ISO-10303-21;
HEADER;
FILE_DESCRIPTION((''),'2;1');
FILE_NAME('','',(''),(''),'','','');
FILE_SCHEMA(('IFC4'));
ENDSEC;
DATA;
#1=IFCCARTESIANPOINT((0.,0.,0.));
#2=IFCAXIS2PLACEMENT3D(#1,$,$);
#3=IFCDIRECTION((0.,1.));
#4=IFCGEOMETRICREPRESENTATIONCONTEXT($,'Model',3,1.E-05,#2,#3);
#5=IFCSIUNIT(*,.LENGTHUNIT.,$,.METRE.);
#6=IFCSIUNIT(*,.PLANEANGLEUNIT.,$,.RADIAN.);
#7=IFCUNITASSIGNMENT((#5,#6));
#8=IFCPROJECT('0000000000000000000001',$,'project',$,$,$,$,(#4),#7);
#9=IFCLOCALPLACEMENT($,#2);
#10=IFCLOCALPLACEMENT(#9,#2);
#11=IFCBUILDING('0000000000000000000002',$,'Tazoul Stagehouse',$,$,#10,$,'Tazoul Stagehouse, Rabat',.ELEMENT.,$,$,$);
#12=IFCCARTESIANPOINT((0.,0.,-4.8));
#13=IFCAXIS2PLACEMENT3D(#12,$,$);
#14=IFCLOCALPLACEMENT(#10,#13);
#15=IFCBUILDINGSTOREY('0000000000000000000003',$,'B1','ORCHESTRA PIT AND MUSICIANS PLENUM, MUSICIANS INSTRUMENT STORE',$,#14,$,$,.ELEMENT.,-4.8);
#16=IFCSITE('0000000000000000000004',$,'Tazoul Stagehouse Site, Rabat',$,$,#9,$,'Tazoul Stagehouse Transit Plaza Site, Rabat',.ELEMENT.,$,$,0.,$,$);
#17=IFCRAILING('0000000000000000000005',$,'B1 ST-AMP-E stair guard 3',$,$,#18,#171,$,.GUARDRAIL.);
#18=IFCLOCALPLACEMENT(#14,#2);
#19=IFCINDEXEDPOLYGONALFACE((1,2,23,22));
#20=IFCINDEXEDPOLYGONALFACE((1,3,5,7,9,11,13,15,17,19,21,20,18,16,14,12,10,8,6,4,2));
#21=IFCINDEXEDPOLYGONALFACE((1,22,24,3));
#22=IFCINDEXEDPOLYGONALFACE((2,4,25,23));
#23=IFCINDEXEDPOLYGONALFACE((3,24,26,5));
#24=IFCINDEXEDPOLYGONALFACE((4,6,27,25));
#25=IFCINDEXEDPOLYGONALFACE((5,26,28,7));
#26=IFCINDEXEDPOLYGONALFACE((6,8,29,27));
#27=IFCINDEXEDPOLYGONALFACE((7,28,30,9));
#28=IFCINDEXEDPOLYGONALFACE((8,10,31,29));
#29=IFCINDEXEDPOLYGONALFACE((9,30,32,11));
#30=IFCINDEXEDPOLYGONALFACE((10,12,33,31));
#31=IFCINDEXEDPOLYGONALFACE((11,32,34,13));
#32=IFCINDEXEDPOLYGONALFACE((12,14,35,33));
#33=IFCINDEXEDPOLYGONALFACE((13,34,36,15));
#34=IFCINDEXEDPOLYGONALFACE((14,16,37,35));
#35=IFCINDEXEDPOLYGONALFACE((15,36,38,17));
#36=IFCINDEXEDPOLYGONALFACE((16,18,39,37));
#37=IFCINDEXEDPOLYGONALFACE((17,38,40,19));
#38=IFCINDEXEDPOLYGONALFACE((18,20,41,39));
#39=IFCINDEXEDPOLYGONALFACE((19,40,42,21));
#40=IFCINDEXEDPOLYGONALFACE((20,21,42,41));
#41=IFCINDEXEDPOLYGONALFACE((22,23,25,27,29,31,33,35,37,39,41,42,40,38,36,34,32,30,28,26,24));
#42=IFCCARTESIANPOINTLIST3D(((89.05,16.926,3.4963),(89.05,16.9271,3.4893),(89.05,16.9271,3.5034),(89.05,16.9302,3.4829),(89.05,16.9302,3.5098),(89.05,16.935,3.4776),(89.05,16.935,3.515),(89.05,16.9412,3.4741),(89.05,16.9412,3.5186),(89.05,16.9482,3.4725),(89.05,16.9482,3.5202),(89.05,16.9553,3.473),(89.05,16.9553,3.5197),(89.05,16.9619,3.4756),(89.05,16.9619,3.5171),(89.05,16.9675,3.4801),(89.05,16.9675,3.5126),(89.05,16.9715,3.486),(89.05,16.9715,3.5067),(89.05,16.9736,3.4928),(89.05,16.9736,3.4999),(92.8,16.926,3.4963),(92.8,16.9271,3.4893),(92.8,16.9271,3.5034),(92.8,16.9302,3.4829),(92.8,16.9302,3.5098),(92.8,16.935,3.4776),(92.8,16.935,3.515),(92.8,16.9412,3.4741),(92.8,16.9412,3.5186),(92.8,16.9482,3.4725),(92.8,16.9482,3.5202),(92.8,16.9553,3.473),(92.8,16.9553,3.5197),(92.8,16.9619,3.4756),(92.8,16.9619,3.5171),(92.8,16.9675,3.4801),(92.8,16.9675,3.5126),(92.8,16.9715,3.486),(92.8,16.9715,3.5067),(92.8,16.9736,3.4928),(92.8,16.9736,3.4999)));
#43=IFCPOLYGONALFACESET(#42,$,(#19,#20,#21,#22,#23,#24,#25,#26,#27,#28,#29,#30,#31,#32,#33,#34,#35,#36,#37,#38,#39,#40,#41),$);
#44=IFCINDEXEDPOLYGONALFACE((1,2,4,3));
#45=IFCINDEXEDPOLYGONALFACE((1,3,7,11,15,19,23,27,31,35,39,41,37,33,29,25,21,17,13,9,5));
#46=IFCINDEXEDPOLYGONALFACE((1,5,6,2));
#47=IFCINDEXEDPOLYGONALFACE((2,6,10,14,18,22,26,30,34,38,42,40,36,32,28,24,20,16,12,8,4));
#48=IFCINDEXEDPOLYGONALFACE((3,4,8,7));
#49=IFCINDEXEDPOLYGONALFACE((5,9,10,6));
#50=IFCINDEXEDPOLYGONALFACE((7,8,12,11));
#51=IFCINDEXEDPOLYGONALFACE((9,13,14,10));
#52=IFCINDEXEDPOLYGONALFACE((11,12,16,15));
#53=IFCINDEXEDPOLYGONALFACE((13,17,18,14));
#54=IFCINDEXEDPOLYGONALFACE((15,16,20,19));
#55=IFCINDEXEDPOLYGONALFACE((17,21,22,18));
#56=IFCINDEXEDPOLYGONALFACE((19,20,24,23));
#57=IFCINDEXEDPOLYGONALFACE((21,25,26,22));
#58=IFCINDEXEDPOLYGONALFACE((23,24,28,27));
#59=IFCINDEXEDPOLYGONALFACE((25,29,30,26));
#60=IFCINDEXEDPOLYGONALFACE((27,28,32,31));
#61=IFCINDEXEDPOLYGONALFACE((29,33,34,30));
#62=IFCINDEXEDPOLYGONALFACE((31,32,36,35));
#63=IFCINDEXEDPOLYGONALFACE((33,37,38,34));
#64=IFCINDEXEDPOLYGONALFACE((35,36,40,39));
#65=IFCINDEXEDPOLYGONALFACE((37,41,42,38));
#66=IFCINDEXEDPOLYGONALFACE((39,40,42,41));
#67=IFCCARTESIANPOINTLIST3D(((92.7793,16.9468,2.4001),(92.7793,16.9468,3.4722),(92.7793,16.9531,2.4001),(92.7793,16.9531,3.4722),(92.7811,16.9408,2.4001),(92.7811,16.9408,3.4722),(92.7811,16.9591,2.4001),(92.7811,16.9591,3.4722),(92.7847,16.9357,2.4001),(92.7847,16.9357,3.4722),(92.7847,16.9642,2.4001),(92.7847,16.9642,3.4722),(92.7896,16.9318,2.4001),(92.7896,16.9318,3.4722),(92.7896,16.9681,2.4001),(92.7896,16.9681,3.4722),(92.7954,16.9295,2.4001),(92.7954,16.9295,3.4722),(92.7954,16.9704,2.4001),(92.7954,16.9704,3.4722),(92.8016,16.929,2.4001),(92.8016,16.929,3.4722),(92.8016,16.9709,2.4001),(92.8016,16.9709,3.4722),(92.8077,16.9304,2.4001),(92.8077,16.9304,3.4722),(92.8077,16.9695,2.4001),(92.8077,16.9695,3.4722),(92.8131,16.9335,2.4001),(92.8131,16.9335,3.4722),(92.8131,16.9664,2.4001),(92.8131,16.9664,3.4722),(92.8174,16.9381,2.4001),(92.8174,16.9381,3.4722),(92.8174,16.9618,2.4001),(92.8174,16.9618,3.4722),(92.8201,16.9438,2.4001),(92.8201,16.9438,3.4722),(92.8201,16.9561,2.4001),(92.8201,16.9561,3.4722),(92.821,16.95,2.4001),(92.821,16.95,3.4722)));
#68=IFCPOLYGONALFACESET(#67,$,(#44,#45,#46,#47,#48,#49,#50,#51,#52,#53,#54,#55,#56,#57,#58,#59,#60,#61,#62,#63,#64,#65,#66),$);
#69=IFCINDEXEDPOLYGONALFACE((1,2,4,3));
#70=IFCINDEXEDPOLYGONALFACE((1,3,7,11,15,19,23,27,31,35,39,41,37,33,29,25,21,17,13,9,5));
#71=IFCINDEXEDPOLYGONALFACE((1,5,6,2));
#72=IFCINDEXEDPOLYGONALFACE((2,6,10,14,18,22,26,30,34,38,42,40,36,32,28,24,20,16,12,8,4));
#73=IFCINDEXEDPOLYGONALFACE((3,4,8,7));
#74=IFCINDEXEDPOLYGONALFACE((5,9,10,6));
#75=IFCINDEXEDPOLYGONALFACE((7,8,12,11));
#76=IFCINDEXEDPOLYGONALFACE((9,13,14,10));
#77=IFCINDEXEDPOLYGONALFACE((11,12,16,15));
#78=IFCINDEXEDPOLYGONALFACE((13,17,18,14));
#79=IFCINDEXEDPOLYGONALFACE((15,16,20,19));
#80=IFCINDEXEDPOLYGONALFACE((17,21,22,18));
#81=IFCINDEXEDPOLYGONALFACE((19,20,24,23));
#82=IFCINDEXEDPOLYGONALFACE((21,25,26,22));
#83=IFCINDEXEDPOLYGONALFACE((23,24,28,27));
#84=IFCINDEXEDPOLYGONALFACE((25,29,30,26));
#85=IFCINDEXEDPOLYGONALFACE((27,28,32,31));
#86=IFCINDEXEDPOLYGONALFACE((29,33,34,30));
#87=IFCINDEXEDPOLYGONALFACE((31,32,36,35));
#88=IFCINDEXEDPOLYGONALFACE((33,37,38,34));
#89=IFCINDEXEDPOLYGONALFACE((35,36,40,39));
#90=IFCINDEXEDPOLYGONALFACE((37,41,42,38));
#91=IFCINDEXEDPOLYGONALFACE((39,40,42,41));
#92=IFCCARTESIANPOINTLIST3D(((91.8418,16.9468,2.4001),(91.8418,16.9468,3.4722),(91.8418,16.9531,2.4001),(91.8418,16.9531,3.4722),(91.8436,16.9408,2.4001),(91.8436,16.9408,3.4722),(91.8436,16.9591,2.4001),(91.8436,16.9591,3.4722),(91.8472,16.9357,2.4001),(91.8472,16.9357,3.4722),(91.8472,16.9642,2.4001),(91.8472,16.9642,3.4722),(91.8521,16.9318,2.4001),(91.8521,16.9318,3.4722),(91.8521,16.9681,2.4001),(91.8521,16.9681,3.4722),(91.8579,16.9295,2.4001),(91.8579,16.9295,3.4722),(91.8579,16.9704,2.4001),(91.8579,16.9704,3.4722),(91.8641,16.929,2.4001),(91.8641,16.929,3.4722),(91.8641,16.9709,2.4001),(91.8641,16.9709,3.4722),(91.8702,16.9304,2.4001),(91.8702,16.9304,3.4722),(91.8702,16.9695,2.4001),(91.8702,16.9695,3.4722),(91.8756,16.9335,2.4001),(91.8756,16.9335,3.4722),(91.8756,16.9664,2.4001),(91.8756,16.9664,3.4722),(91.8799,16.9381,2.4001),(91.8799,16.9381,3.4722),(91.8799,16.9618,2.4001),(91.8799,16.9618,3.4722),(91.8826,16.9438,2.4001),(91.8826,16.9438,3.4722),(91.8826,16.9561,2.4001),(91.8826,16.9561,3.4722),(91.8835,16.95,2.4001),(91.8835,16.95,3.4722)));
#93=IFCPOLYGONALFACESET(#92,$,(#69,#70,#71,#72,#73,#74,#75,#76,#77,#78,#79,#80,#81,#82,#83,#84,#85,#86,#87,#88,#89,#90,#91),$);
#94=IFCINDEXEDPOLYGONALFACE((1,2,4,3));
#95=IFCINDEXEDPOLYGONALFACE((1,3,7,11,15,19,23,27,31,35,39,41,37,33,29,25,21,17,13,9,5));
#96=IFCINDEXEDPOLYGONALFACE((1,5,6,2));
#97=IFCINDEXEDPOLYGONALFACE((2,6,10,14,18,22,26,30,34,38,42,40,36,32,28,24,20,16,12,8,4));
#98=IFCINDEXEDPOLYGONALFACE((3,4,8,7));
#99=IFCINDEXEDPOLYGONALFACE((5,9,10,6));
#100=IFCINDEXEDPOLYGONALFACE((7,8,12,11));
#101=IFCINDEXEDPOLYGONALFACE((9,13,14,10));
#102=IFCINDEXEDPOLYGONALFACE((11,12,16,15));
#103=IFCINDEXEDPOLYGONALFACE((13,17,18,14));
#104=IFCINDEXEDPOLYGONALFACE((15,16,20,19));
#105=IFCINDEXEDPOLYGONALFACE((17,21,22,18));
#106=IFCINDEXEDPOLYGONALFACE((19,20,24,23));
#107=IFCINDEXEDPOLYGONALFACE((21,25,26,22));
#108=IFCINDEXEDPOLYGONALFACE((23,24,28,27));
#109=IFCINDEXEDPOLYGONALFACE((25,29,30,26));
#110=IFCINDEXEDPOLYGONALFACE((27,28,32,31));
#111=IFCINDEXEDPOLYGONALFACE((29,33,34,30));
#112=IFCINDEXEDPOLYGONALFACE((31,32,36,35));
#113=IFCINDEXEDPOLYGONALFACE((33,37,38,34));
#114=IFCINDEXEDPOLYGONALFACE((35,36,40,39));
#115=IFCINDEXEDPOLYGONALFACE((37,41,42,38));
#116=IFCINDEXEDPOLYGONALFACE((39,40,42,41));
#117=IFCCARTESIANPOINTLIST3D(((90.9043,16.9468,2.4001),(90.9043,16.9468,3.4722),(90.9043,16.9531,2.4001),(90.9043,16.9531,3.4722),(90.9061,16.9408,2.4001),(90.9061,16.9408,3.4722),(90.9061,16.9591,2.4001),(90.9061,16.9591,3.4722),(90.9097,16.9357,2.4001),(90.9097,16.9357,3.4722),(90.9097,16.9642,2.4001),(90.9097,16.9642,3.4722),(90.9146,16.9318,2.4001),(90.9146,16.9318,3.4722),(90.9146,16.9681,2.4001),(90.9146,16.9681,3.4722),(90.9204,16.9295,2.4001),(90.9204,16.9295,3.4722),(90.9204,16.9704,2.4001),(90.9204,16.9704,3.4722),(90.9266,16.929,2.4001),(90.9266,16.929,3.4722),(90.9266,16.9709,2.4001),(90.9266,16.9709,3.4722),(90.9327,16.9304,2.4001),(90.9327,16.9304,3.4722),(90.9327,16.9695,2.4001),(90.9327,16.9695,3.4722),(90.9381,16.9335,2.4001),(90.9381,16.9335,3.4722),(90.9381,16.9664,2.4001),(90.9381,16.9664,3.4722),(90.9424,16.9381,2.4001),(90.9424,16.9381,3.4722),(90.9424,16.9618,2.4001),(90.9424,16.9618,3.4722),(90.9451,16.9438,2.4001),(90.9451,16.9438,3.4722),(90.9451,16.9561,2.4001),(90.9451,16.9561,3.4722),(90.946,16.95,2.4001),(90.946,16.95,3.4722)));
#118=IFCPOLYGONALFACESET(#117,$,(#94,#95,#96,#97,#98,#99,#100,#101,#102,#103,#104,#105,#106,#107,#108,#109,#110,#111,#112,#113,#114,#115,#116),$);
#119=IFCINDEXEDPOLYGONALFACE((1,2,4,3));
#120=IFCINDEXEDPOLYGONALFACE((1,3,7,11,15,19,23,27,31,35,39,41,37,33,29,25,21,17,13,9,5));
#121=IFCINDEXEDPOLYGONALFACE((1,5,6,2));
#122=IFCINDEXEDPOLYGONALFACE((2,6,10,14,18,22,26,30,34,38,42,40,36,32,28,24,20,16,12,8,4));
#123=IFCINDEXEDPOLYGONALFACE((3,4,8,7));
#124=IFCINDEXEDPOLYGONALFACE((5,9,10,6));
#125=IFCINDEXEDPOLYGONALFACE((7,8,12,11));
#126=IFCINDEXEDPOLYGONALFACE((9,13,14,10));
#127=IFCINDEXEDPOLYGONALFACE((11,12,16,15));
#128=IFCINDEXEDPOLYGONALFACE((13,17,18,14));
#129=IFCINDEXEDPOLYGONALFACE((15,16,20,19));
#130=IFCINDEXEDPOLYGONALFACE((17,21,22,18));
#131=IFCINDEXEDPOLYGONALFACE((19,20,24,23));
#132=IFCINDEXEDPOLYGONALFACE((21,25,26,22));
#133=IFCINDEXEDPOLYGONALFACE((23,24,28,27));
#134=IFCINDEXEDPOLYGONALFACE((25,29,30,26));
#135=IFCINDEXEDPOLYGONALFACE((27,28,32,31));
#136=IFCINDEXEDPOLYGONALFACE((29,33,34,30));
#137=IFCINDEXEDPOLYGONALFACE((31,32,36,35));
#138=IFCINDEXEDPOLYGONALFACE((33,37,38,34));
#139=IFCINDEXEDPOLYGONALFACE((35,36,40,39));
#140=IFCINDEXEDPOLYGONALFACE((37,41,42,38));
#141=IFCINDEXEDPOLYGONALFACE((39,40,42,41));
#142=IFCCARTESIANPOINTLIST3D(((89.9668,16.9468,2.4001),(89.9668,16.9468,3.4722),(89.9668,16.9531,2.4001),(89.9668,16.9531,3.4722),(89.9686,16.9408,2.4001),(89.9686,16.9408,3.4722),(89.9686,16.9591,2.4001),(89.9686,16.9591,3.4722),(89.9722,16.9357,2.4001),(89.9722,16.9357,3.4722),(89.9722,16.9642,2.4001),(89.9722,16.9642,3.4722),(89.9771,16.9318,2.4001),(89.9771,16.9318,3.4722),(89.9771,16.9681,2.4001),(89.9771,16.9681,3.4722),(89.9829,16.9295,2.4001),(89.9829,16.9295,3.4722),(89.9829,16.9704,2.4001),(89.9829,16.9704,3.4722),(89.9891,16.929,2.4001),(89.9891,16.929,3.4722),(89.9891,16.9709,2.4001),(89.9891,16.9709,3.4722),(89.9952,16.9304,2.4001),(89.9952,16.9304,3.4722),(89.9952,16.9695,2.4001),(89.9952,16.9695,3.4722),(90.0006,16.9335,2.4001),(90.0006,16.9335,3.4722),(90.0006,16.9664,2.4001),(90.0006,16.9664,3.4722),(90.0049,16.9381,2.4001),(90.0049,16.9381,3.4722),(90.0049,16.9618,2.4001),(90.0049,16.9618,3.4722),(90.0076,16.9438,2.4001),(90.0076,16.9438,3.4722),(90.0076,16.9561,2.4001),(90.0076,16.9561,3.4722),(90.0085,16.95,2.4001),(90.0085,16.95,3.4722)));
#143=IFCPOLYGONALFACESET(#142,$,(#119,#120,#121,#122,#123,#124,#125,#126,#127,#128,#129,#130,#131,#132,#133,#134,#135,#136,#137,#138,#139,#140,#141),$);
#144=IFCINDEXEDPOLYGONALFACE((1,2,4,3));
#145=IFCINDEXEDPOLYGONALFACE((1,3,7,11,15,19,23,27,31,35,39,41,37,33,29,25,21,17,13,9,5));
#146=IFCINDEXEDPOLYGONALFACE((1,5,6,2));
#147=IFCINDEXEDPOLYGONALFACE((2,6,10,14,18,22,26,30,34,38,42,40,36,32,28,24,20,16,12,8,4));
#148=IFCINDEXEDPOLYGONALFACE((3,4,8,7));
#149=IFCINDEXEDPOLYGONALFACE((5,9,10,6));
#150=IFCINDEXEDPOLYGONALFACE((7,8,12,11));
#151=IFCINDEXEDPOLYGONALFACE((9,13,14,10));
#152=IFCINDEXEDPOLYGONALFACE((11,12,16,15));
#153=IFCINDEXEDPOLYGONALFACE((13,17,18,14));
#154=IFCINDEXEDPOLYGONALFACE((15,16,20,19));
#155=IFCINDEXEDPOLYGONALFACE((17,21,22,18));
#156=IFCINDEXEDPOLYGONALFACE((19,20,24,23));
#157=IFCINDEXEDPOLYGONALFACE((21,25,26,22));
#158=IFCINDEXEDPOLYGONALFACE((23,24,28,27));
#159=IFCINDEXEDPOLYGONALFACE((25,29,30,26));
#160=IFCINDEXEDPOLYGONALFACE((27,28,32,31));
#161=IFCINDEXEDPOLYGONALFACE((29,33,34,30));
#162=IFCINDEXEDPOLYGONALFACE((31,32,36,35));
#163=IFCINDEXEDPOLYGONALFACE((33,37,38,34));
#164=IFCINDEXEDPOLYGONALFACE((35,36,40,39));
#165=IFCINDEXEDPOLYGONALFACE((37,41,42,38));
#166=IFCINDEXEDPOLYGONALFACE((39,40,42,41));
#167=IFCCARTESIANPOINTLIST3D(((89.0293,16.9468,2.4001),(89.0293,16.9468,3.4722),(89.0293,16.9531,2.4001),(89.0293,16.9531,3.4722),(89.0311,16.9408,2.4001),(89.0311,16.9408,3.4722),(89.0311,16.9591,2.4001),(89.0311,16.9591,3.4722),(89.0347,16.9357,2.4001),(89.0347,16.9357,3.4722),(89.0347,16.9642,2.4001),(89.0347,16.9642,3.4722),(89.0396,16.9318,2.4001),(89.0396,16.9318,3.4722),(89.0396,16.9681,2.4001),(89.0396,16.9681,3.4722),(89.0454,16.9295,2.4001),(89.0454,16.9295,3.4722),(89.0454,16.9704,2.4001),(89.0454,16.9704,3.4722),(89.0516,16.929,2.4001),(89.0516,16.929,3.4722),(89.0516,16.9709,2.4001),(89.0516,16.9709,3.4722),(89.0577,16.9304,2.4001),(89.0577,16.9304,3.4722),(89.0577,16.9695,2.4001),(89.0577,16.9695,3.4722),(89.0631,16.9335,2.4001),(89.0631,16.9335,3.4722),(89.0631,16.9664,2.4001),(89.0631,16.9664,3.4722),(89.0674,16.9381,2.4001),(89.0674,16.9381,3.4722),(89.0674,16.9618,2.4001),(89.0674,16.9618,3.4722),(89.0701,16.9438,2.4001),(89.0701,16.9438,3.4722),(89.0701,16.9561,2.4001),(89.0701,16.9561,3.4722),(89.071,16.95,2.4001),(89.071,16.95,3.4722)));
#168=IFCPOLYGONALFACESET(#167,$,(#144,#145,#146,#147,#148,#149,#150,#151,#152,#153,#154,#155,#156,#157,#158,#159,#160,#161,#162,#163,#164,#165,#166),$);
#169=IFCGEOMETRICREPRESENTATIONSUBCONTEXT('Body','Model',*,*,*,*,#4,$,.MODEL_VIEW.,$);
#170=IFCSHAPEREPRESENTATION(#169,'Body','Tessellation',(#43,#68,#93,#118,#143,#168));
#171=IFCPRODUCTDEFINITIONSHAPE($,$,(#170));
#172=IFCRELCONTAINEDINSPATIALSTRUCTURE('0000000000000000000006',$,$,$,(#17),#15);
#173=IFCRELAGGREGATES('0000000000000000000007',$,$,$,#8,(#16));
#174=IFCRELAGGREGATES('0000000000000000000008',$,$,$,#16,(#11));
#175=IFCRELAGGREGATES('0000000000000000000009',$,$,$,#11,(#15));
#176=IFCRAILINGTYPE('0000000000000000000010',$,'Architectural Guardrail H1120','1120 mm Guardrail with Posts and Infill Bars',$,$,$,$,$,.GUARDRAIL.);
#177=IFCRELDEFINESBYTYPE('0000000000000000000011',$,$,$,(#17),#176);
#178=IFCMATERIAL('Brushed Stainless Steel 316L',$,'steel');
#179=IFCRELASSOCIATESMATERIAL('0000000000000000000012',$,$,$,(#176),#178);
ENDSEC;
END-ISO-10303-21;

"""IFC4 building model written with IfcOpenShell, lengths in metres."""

from ifc_helpers import new_model, si_unit, direction, frame, origin, origin_2d, place, context, subcontext, project, spatial, circle, extrude, material, material_profile, profile_set, type_object, element, save


model = new_model("IFC4")

# Units and contexts
model_context = context("Model", 3, precision=1e-05, world=origin(), true_north=direction((0.0, 1.0)))
body_context = subcontext(model_context, "Body", "Model", "MODEL_VIEW")
ifc_project = project(units=[si_unit("LENGTHUNIT", "METRE"), si_unit("PLANEANGLEUNIT", "RADIAN")], contexts=[model_context])

# Site, building, storey
site_placement = place(None, origin())
site = spatial("IfcSite", under=ifc_project, at=site_placement, Name="Tazoul Stagehouse Site, Rabat", LongName="Tazoul Stagehouse Transit Plaza Site, Rabat", CompositionType="ELEMENT", RefElevation=0.0)
building_placement = place(site_placement, origin())
building = spatial("IfcBuilding", under=site, at=building_placement, Name="Tazoul Stagehouse", LongName="Tazoul Stagehouse, Rabat", CompositionType="ELEMENT")
storey_placement = place(building_placement, frame((0.0, 0.0, -4.8)))
storey = spatial("IfcBuildingStorey", under=building, at=storey_placement, Name="B1", Description="ORCHESTRA PIT AND MUSICIANS PLENUM, MUSICIANS INSTRUMENT STORE", CompositionType="ELEMENT", Elevation=-4.8)

# Railing
ifc_material_1 = material(Name="Brushed Stainless Steel 316L", Category="steel")
ifc_material_profile_1 = material_profile(ifc_material_1, circle(Radius=0.0239, at=origin_2d()), Name="SS RAIL D48")
ifc_profile_set_1 = profile_set([ifc_material_profile_1], Name="Brushed Stainless Steel 316L")
railing_type_1 = type_object("IfcRailingType", Name="Architectural Guardrail H1120", Description="1120 mm Guardrail with Posts and Infill Bars", PredefinedType="GUARDRAIL", material=ifc_profile_set_1)
railing_1_placement = place(storey_placement, frame((92.8, 16.95, 2.4001)))
element("IfcRailing", 1, at=railing_1_placement, inside=storey, type_object=railing_type_1, Name="B1 ST-AMP-E stair guard 3", PredefinedType="GUARDRAIL", context=body_context, shape_type="SweptSolid", body=[
    extrude(circle(Radius=0.0239, at=origin_2d()), frame((0.0, 0.0, 1.0962), z_axis=(-1.0, 0.0, 0.0), x_axis=(0.0, -1.0, 0.0)), (0.0, 0.0, 1.0), 3.75),
    extrude(circle(Radius=0.021, at=origin_2d()), origin(), (0.0, 0.0, 1.0), 1.072),
    extrude(circle(Radius=0.021, at=origin_2d()), frame((-0.9375, 0.0, 0.0)), (0.0, 0.0, 1.0), 1.072),
    extrude(circle(Radius=0.021, at=origin_2d()), frame((-1.875, 0.0, 0.0)), (0.0, 0.0, 1.0), 1.072),
    extrude(circle(Radius=0.021, at=origin_2d()), frame((-2.8125, 0.0, 0.0)), (0.0, 0.0, 1.0), 1.072),
    extrude(circle(Radius=0.021, at=origin_2d()), frame((-3.75, 0.0, 0.0)), (0.0, 0.0, 1.0), 1.072),
])

save(model, "model.ifc")
